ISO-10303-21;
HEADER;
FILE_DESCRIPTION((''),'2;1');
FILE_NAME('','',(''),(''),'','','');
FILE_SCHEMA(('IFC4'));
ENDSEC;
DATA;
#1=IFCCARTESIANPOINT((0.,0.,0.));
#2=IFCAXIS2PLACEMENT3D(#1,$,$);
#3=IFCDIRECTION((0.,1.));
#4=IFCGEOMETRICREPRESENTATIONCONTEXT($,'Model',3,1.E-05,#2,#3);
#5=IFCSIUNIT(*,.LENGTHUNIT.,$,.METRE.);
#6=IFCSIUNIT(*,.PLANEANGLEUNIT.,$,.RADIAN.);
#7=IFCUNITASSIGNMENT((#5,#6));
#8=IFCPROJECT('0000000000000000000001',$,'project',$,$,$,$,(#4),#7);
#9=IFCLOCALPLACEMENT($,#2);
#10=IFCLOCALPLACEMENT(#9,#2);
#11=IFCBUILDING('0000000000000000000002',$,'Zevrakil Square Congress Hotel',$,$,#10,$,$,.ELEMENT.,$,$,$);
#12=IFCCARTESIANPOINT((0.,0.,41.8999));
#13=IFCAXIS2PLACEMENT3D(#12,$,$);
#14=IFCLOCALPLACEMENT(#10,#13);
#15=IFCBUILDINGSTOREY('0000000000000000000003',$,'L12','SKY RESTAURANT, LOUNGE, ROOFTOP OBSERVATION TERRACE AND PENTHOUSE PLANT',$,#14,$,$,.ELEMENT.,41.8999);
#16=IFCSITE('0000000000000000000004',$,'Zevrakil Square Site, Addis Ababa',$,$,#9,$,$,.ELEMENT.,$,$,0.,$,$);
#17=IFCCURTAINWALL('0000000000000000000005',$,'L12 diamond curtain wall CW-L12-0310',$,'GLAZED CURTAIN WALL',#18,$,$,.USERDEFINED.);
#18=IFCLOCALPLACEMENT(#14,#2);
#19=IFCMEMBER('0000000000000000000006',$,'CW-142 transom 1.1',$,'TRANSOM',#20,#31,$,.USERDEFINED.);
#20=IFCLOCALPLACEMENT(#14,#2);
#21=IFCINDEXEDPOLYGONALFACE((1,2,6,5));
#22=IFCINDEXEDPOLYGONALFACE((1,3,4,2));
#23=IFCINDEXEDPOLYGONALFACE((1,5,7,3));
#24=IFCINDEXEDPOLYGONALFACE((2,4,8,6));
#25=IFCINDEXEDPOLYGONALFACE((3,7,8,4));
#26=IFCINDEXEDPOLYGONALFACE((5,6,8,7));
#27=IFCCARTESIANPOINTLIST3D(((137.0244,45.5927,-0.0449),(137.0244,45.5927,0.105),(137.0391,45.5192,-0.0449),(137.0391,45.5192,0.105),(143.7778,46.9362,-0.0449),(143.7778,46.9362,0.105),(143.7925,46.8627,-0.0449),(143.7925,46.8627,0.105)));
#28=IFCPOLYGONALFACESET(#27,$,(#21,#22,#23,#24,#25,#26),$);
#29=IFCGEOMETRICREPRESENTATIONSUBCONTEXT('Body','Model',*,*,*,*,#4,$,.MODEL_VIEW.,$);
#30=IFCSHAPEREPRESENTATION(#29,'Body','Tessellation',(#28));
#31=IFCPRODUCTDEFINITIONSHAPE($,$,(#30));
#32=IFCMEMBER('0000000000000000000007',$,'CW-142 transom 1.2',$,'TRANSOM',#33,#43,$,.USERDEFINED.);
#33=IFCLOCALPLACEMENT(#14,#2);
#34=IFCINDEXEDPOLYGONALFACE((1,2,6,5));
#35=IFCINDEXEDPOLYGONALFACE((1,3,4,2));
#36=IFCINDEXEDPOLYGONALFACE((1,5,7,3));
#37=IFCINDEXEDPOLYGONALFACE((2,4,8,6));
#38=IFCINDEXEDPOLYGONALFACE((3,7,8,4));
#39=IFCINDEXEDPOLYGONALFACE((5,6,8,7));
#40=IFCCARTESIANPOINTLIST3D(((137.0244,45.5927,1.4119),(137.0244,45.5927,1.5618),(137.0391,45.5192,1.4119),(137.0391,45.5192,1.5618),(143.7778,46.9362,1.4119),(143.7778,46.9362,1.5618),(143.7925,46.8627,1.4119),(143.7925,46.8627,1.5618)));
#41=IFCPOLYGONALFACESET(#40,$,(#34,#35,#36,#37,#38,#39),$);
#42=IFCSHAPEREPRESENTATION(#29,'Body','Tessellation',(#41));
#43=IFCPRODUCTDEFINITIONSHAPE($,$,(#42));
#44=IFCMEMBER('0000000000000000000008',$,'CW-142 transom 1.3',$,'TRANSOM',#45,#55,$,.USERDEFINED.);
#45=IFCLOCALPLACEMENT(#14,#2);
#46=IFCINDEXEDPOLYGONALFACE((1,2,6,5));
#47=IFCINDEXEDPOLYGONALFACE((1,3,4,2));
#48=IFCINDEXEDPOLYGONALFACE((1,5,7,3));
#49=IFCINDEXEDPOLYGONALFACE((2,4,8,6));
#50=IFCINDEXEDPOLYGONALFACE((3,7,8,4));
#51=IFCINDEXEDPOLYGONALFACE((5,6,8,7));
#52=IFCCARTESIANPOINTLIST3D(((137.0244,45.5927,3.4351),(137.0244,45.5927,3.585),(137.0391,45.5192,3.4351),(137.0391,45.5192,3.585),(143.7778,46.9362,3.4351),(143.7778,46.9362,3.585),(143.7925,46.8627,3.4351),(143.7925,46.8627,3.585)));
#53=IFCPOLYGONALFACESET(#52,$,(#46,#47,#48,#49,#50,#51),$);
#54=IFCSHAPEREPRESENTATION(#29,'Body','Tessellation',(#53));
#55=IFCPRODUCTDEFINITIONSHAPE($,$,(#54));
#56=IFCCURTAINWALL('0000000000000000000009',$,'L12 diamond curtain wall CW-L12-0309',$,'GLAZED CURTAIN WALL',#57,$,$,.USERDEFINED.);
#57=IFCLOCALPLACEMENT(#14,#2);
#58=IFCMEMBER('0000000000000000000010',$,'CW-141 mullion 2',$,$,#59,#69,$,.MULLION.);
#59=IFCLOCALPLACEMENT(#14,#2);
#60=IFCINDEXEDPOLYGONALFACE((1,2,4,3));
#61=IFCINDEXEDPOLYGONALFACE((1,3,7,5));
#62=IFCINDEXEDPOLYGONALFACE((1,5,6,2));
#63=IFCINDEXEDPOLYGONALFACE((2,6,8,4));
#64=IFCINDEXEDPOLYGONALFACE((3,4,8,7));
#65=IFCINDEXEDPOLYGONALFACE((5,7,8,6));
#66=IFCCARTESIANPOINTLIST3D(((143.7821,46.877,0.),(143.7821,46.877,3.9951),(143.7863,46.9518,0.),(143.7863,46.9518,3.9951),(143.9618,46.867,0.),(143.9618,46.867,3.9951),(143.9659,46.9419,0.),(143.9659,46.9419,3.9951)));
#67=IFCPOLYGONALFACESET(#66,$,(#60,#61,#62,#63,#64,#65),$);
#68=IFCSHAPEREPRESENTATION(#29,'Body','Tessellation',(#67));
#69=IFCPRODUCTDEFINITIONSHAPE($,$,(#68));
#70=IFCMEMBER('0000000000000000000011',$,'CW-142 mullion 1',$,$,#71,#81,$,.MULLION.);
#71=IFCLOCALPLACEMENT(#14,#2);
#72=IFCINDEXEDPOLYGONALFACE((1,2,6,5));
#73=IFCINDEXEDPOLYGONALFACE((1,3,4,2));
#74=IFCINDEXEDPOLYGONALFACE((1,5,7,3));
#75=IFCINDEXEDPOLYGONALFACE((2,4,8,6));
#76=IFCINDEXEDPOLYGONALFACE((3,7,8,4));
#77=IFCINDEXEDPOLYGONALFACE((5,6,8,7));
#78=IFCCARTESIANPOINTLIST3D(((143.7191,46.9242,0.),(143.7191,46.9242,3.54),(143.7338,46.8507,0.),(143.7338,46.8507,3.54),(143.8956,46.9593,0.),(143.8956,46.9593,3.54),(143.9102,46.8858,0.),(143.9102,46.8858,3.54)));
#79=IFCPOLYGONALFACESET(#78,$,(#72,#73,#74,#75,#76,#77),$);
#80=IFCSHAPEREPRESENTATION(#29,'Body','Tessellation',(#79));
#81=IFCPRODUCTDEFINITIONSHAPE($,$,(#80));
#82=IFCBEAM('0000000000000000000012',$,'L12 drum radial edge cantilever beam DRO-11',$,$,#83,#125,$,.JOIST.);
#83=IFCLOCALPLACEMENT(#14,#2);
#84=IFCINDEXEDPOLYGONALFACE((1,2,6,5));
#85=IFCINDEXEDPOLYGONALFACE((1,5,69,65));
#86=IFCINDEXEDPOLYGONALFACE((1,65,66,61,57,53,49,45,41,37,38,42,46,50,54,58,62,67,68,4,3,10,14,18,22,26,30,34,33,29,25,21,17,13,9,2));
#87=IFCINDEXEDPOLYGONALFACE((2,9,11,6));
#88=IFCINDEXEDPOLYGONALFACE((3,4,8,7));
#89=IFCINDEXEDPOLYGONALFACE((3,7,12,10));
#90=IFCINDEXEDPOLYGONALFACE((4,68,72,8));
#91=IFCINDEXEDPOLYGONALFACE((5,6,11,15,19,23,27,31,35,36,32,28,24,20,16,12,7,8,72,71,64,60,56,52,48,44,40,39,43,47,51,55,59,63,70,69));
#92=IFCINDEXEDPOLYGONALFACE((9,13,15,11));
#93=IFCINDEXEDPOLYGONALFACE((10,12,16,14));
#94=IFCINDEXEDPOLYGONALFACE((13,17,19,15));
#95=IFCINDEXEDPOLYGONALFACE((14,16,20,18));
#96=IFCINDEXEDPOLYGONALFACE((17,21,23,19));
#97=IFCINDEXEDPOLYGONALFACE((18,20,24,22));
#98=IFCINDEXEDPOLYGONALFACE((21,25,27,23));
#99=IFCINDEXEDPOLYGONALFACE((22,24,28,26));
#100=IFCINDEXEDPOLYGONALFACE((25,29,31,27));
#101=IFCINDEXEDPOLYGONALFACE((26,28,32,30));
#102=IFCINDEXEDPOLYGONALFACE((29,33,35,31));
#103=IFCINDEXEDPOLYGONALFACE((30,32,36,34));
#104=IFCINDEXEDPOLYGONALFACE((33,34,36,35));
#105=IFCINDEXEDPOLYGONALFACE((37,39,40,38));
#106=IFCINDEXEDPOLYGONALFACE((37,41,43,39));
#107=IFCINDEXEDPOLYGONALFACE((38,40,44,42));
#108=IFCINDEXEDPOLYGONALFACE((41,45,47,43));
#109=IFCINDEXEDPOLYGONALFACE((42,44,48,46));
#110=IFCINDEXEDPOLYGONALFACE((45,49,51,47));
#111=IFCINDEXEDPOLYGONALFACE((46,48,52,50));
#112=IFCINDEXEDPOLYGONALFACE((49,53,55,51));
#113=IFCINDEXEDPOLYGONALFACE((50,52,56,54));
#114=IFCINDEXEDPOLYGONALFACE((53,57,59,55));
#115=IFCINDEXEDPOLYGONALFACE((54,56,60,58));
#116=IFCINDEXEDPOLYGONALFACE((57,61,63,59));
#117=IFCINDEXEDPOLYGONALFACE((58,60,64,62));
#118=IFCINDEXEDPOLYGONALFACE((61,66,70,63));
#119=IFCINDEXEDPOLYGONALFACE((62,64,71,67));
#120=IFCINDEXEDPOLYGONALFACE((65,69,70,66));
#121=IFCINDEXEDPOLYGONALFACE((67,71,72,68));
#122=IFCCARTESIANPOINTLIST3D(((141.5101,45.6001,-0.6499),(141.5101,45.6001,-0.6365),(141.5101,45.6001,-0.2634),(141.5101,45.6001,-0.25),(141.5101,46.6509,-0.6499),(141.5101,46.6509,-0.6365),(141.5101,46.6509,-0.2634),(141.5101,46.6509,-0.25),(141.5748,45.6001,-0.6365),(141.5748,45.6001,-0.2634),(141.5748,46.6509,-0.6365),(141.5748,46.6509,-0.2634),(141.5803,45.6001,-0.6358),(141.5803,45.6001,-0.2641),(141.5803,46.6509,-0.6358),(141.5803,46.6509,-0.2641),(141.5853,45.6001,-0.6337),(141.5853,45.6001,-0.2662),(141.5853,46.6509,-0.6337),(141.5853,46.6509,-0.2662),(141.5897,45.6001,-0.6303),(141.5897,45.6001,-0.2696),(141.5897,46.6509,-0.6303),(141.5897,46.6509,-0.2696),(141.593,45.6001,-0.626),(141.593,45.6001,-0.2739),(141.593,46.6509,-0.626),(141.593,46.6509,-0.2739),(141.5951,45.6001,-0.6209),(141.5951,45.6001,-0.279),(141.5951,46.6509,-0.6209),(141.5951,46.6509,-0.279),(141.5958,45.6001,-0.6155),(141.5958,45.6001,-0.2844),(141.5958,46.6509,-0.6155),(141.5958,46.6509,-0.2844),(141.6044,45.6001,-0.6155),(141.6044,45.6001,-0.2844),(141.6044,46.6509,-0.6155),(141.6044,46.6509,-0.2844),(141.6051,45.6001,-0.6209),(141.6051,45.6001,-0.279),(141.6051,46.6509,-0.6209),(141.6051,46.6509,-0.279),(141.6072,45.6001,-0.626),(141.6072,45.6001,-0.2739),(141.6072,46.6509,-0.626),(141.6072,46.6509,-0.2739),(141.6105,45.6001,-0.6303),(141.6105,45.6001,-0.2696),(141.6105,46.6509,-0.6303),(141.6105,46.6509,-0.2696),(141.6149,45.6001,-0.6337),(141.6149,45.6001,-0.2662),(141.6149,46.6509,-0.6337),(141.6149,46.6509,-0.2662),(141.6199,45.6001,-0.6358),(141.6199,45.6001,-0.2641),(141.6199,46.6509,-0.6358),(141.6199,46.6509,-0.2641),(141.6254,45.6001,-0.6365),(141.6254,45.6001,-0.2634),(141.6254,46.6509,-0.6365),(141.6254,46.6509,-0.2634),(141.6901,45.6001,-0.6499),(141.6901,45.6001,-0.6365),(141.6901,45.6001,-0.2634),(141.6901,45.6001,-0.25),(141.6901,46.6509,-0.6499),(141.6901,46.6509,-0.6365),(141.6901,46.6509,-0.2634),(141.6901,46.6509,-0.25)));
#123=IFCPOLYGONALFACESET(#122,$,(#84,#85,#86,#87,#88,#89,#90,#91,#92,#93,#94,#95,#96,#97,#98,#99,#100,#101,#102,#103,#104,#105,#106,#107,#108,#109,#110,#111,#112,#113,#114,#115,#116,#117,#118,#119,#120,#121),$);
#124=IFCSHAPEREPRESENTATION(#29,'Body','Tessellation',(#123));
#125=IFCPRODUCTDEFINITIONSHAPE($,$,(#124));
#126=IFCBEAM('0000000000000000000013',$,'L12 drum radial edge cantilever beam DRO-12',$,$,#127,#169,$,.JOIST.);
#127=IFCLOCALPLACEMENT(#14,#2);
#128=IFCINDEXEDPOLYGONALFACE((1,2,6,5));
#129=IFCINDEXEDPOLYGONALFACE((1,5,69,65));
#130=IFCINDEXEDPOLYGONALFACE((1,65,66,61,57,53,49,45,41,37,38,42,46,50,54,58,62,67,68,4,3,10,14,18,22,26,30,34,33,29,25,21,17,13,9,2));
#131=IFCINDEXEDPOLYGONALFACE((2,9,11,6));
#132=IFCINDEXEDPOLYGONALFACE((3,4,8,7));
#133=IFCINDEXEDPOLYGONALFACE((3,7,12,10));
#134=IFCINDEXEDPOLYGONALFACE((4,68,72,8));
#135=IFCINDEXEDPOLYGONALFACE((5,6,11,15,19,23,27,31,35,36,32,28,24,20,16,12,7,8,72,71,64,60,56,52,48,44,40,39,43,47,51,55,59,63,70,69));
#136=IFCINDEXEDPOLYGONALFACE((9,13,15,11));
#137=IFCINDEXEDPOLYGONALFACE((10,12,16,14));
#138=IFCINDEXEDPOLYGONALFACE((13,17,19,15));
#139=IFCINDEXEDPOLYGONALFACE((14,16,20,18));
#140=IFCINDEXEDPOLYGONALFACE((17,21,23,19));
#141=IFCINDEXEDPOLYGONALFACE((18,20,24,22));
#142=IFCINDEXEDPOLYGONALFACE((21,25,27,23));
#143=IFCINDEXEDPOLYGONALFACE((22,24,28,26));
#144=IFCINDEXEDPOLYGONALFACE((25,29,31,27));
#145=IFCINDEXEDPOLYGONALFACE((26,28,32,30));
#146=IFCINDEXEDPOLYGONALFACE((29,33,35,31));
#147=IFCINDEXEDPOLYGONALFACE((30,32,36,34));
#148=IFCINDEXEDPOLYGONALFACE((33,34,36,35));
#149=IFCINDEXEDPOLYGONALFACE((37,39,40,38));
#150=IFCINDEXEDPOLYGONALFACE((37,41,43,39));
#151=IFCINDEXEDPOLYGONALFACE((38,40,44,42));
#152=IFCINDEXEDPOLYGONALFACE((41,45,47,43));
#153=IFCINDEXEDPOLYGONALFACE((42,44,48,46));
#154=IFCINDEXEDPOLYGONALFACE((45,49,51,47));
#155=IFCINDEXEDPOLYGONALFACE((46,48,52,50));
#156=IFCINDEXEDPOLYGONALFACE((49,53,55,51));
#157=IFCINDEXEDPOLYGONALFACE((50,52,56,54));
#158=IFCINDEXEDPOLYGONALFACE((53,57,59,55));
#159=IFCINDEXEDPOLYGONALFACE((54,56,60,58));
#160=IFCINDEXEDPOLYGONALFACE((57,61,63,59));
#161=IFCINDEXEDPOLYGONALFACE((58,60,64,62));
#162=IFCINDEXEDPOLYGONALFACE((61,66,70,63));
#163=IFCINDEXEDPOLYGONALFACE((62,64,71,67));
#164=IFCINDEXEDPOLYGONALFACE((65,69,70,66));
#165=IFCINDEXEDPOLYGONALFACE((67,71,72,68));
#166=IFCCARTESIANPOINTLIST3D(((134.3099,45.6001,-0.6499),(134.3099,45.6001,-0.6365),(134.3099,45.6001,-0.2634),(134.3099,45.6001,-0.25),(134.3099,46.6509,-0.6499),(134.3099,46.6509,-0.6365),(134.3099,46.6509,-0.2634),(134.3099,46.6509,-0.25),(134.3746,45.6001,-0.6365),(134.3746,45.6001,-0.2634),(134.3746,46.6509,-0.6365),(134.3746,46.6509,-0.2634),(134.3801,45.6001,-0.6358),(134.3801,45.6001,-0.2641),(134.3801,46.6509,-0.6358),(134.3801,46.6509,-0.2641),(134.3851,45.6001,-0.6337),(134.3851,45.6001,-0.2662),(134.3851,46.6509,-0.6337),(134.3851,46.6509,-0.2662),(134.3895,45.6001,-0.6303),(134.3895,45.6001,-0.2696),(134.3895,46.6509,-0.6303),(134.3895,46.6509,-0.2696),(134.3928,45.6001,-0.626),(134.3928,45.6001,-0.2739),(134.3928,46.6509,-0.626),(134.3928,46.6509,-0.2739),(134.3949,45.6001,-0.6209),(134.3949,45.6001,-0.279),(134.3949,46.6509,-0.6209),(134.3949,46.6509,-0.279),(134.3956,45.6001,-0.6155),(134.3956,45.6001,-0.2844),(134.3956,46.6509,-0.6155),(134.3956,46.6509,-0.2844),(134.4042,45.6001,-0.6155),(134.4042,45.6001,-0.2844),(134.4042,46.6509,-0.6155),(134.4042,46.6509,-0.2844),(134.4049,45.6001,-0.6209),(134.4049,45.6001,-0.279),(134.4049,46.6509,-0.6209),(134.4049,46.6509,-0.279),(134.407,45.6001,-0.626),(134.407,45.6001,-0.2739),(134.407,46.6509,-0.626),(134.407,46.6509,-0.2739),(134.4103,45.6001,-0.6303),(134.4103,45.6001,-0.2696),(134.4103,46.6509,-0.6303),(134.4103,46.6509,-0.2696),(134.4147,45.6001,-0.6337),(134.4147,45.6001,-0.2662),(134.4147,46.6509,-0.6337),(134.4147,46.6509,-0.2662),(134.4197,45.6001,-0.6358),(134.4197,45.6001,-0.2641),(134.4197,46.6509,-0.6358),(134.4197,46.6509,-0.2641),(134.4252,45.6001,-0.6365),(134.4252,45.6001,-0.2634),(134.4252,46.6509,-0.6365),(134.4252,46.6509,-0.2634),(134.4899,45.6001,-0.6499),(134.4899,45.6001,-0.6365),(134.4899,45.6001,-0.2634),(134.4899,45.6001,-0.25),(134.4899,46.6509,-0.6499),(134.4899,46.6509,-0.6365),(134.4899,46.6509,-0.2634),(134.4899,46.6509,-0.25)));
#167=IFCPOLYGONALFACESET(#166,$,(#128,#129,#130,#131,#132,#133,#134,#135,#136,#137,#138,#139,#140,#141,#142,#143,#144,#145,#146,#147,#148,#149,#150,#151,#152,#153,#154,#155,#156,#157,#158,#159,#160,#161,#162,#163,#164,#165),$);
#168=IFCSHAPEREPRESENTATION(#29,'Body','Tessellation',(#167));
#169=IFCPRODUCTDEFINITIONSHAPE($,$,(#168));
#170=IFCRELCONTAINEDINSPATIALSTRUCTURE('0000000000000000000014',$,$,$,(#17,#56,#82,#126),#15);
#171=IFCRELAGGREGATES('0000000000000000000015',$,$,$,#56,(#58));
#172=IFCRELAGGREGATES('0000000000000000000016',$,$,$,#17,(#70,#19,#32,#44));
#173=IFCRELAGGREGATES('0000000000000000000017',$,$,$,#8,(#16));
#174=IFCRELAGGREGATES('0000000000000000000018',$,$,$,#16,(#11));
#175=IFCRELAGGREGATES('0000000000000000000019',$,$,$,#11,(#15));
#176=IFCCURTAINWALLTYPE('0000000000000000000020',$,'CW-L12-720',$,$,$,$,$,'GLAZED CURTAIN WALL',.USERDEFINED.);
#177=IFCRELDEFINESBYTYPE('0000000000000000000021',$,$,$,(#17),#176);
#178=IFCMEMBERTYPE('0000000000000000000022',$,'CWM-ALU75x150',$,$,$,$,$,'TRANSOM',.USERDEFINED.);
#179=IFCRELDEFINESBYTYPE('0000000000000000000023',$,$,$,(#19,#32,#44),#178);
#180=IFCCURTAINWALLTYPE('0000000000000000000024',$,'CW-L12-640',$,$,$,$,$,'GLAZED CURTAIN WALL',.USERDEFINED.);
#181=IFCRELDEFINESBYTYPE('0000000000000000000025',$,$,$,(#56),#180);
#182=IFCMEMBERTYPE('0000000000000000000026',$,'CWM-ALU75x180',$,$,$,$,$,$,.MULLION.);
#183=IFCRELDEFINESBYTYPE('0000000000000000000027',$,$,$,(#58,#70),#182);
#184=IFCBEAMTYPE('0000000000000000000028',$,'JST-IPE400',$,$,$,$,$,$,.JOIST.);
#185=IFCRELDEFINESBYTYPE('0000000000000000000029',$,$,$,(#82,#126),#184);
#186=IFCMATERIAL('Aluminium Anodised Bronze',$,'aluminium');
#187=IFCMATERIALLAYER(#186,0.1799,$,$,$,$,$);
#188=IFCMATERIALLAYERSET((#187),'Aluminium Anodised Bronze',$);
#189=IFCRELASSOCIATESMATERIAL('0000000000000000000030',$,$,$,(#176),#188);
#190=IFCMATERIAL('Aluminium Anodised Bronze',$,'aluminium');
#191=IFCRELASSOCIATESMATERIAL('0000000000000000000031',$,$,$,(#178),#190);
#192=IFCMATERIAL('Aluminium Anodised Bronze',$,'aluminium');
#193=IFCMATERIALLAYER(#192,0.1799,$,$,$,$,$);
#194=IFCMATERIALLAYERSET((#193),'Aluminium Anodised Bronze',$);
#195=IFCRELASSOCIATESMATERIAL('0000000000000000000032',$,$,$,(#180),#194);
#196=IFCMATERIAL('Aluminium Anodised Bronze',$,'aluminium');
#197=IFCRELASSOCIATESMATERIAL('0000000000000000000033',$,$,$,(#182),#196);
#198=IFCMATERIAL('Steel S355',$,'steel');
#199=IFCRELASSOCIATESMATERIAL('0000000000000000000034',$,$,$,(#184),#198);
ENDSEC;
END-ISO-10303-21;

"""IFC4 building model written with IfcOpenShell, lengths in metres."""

from ifc_helpers import new_model, si_unit, direction, frame, origin, origin_2d, place, context, subcontext, project, spatial, rectangle, i_section, extrude, material, layer, layer_set, material_profile, profile_set, type_object, element, aggregate, save


model = new_model("IFC4")

# Units and contexts
model_context = context("Model", 3, precision=1e-05, world=origin(), true_north=direction((0.0, 1.0)))
body_context = subcontext(model_context, "Body", "Model", "MODEL_VIEW")
ifc_project = project(units=[si_unit("LENGTHUNIT", "METRE"), si_unit("PLANEANGLEUNIT", "RADIAN")], contexts=[model_context])

# Site, building, storey
site_placement = place(None, origin())
site = spatial("IfcSite", under=ifc_project, at=site_placement, Name="Zevrakil Square Site, Addis Ababa", CompositionType="ELEMENT", RefElevation=0.0)
building_placement = place(site_placement, origin())
building = spatial("IfcBuilding", under=site, at=building_placement, Name="Zevrakil Square Congress Hotel", CompositionType="ELEMENT")
storey_placement = place(building_placement, frame((0.0, 0.0, 41.8999)))
storey = spatial("IfcBuildingStorey", under=building, at=storey_placement, Name="L12", Description="SKY RESTAURANT, LOUNGE, ROOFTOP OBSERVATION TERRACE AND PENTHOUSE PLANT", CompositionType="ELEMENT", Elevation=41.8999)

# Curtain wall, members
ifc_material_1 = material(Name="Aluminium Anodised Bronze", Category="aluminium")
ifc_layer_1 = layer(ifc_material_1, 0.1799)
ifc_layer_set_1 = layer_set([ifc_layer_1], Name="Aluminium Anodised Bronze")
curtain_wall_type_1 = type_object("IfcCurtainWallType", Name="CW-L12-720", ElementType="GLAZED CURTAIN WALL", PredefinedType="USERDEFINED", material=ifc_layer_set_1)
curtain_wall_1_placement = place(storey_placement, origin())
curtain_wall_1 = element("IfcCurtainWall", 1, at=curtain_wall_1_placement, inside=storey, type_object=curtain_wall_type_1, Name="L12 diamond curtain wall CW-L12-0310", ObjectType="GLAZED CURTAIN WALL", PredefinedType="USERDEFINED")
ifc_material_2 = material(Name="Aluminium Anodised Bronze", Category="aluminium")
ifc_material_profile_1 = material_profile(ifc_material_2, rectangle(XDim=0.075, YDim=0.1499, at=origin_2d()), Name="ALU 75x150")
ifc_profile_set_1 = profile_set([ifc_material_profile_1], Name="Aluminium Anodised Bronze")
member_type_1 = type_object("IfcMemberType", Name="CWM-ALU75x150", ElementType="TRANSOM", PredefinedType="USERDEFINED", material=ifc_profile_set_1)
member_1_placement = place(storey_placement, frame((143.7852, 46.8994, 0.03), z_axis=(-0.980781, -0.195114, 0.0), x_axis=(0.195114, -0.980781, 0.0)))
member_1 = element("IfcMember", 2, at=member_1_placement, type_object=member_type_1, Name="CW-142 transom 1.1", ObjectType="TRANSOM", PredefinedType="USERDEFINED", context=body_context, shape_type="SweptSolid", body=[
    extrude(rectangle(XDim=0.075, YDim=0.1499, at=origin_2d()), origin(), (0.0, 0.0, 1.0), 6.8857),
])
member_2_placement = place(storey_placement, frame((143.7852, 46.8994, 1.4868), z_axis=(-0.980781, -0.195114, 0.0), x_axis=(0.195114, -0.980781, 0.0)))
member_2 = element("IfcMember", 3, at=member_2_placement, type_object=member_type_1, Name="CW-142 transom 1.2", ObjectType="TRANSOM", PredefinedType="USERDEFINED", context=body_context, shape_type="SweptSolid", body=[
    extrude(rectangle(XDim=0.075, YDim=0.1499, at=origin_2d()), origin(), (0.0, 0.0, 1.0), 6.8857),
])
member_3_placement = place(storey_placement, frame((143.7852, 46.8994, 3.51), z_axis=(-0.980781, -0.195114, 0.0), x_axis=(0.195114, -0.980781, 0.0)))
member_3 = element("IfcMember", 4, at=member_3_placement, type_object=member_type_1, Name="CW-142 transom 1.3", ObjectType="TRANSOM", PredefinedType="USERDEFINED", context=body_context, shape_type="SweptSolid", body=[
    extrude(rectangle(XDim=0.075, YDim=0.1499, at=origin_2d()), origin(), (0.0, 0.0, 1.0), 6.8857),
])

# Curtain wall, member
ifc_material_3 = material(Name="Aluminium Anodised Bronze", Category="aluminium")
ifc_layer_2 = layer(ifc_material_3, 0.1799)
ifc_layer_set_2 = layer_set([ifc_layer_2], Name="Aluminium Anodised Bronze")
curtain_wall_type_2 = type_object("IfcCurtainWallType", Name="CW-L12-640", ElementType="GLAZED CURTAIN WALL", PredefinedType="USERDEFINED", material=ifc_layer_set_2)
curtain_wall_2_placement = place(storey_placement, origin())
curtain_wall_2 = element("IfcCurtainWall", 5, at=curtain_wall_2_placement, inside=storey, type_object=curtain_wall_type_2, Name="L12 diamond curtain wall CW-L12-0309", ObjectType="GLAZED CURTAIN WALL", PredefinedType="USERDEFINED")
ifc_material_4 = material(Name="Aluminium Anodised Bronze", Category="aluminium")
ifc_material_profile_2 = material_profile(ifc_material_4, rectangle(XDim=0.075, YDim=0.1799, at=origin_2d()), Name="ALU 75x180")
ifc_profile_set_2 = profile_set([ifc_material_profile_2], Name="Aluminium Anodised Bronze")
member_type_2 = type_object("IfcMemberType", Name="CWM-ALU75x180", PredefinedType="MULLION", material=ifc_profile_set_2)
member_4_placement = place(storey_placement, frame((143.874, 46.9094, 0.0), z_axis=(0.0, 0.0, 1.0), x_axis=(-0.055427, -0.998463, 0.0)))
member_4 = element("IfcMember", 6, at=member_4_placement, type_object=member_type_2, Name="CW-141 mullion 2", PredefinedType="MULLION", context=body_context, shape_type="SweptSolid", body=[
    extrude(rectangle(XDim=0.075, YDim=0.1799, at=origin_2d()), origin(), (0.0, 0.0, 1.0), 3.9951),
])
aggregate(curtain_wall_2, [member_4])

# Member
member_5_placement = place(storey_placement, frame((143.8147, 46.905, 0.0), z_axis=(0.0, 0.0, 1.0), x_axis=(0.195084, -0.980787, 0.0)))
member_5 = element("IfcMember", 7, at=member_5_placement, type_object=member_type_2, Name="CW-142 mullion 1", PredefinedType="MULLION", context=body_context, shape_type="SweptSolid", body=[
    extrude(rectangle(XDim=0.075, YDim=0.1799, at=origin_2d()), origin(), (0.0, 0.0, 1.0), 3.54),
])

# Beams
ifc_material_5 = material(Name="Steel S355", Category="steel")
ifc_material_profile_3 = material_profile(ifc_material_5, i_section(OverallWidth=0.1799, OverallDepth=0.3999, WebThickness=0.0085, FlangeThickness=0.0134, FilletRadius=0.021, at=origin_2d()), Name="IPE 400")
ifc_profile_set_3 = profile_set([ifc_material_profile_3], Name="Steel S355")
beam_type_1 = type_object("IfcBeamType", Name="JST-IPE400", PredefinedType="JOIST", material=ifc_profile_set_3)
for number, where, z_axis, x_axis, name in (
    (8, (141.6001, 45.6001, -0.45), (0.0, 1.0, 0.0), (-1.0, 0.0, 0.0), "L12 drum radial edge cantilever beam DRO-11"),
    (9, (134.3999, 45.6001, -0.45), (0.0, 1.0, 0.0), (-1.0, 0.0, 0.0), "L12 drum radial edge cantilever beam DRO-12"),
):
    element("IfcBeam", number, at=place(storey_placement, frame(where, z_axis=z_axis, x_axis=x_axis)), inside=storey, type_object=beam_type_1, Name=name, PredefinedType="JOIST", context=body_context, shape_type="SweptSolid", body=[
        extrude(i_section(OverallWidth=0.1799, OverallDepth=0.3999, WebThickness=0.0085, FlangeThickness=0.0134, FilletRadius=0.021, at=origin_2d()), origin(), (0.0, 0.0, 1.0), 1.0508),
    ])

aggregate(curtain_wall_1, [member_5, member_1, member_2, member_3])

save(model, "model.ifc")
